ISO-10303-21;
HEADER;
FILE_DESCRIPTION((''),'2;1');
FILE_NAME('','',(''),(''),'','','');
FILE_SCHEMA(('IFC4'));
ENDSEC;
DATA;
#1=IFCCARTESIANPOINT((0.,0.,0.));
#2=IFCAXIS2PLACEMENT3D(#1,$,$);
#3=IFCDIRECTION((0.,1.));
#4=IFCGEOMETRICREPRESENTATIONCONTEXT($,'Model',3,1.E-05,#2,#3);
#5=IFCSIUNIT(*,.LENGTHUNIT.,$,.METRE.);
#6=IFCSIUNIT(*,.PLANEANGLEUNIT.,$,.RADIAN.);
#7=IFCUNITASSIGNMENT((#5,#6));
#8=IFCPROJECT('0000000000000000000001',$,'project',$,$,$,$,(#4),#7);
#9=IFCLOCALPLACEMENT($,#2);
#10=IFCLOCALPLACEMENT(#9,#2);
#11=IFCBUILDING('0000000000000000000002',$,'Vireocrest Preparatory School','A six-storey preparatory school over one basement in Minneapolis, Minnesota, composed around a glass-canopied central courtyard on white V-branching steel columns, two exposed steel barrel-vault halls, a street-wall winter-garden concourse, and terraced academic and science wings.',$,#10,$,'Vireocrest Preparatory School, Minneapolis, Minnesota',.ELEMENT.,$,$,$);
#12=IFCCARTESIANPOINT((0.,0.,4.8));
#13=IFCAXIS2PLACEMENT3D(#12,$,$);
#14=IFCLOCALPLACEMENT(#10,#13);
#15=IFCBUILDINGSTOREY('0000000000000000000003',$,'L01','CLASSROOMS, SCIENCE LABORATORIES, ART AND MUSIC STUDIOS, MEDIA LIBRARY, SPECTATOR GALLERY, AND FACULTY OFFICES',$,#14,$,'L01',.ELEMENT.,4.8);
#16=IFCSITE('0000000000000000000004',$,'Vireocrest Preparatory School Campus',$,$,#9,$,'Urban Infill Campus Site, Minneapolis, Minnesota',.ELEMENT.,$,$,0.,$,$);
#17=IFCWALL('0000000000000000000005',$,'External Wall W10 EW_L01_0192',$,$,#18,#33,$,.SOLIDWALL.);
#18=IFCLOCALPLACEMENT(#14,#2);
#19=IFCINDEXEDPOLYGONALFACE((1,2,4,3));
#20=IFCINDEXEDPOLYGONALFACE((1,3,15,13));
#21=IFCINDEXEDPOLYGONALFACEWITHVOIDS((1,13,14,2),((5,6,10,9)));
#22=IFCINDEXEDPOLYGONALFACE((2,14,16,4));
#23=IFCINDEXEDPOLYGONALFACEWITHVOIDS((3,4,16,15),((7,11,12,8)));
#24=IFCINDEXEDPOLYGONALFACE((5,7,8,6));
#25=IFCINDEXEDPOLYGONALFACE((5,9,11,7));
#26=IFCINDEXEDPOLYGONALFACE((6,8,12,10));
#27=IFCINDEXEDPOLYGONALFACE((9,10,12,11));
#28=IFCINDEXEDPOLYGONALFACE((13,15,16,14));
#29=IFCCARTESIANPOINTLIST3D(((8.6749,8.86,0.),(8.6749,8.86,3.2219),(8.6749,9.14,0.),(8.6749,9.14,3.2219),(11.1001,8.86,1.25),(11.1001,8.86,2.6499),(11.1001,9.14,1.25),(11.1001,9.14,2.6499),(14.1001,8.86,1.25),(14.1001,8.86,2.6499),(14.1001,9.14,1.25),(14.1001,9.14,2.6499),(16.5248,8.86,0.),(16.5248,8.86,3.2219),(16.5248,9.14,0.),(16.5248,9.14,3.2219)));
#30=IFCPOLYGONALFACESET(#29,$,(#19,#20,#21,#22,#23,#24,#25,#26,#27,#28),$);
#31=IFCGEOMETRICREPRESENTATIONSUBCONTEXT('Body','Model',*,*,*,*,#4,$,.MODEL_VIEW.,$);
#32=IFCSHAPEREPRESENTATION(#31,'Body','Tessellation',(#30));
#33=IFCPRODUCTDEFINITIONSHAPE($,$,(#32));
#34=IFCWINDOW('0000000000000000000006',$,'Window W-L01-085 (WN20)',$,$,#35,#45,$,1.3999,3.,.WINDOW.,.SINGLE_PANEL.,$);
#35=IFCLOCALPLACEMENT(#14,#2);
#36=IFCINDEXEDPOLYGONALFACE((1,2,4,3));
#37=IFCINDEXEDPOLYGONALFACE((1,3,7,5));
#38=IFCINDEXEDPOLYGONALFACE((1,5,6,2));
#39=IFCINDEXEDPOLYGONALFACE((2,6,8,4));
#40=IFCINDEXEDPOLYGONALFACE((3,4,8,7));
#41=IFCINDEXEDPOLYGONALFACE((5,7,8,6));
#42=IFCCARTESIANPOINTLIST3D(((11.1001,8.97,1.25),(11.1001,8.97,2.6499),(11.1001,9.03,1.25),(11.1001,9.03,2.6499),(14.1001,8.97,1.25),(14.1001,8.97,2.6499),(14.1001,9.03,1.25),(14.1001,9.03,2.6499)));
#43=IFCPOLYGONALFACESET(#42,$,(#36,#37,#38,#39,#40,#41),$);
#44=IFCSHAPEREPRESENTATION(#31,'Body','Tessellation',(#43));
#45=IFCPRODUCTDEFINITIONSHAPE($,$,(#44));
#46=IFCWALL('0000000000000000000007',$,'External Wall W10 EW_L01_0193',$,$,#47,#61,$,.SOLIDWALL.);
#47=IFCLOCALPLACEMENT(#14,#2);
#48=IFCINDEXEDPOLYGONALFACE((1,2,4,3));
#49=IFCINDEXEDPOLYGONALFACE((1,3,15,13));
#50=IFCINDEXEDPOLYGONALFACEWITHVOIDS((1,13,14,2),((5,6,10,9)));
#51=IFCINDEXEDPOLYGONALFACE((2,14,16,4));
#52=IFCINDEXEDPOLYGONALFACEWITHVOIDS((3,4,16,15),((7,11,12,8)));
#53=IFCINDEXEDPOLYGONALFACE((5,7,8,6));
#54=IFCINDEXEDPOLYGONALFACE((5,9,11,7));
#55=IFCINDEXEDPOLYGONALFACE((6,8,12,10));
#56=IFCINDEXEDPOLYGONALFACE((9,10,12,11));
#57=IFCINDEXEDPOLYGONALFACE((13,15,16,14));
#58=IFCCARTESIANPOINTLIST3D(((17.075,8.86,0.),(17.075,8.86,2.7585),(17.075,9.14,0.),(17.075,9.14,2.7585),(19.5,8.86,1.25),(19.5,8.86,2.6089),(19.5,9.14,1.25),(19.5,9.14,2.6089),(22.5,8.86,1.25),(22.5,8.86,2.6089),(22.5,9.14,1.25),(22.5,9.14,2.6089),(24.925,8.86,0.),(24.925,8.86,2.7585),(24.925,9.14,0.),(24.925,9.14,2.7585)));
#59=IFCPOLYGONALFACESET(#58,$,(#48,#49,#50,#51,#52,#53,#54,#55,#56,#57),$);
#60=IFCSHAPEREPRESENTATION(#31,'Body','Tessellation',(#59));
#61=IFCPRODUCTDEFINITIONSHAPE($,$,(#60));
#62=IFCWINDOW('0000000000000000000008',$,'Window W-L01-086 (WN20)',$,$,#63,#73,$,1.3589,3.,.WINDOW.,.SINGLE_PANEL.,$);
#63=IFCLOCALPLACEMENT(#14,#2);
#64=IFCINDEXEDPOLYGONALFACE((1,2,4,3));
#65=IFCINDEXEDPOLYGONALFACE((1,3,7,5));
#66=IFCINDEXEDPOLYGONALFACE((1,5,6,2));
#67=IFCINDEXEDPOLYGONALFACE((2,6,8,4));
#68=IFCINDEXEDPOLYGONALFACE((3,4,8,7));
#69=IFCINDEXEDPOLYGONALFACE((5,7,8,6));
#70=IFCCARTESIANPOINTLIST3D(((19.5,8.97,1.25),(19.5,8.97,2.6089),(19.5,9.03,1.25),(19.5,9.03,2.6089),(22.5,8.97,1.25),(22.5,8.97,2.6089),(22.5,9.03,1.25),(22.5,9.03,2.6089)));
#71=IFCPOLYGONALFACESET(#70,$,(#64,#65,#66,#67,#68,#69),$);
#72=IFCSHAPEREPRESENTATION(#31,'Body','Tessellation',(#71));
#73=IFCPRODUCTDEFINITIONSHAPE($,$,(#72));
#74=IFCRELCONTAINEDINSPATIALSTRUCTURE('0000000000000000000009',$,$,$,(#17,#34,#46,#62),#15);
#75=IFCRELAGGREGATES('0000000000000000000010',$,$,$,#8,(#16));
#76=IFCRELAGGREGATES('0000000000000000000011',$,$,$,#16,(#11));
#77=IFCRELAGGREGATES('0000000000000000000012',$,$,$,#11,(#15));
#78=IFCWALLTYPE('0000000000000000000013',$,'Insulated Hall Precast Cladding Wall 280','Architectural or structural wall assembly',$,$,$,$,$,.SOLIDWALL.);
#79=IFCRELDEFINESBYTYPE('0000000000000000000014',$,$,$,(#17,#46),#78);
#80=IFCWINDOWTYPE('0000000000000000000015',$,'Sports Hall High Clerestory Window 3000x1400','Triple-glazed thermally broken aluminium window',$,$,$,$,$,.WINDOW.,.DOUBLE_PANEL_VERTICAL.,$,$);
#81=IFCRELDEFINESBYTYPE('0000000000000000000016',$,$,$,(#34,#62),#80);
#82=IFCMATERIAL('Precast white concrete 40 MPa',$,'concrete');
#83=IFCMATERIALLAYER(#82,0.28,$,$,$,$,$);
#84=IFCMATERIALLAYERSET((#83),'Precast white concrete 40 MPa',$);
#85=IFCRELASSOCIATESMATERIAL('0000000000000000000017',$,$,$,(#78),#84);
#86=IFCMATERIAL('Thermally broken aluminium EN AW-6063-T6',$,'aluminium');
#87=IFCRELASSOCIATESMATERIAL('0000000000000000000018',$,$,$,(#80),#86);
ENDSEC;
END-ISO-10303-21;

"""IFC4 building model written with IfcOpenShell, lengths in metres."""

from ifc_helpers import new_model, si_unit, direction, frame, frame_2d, origin, place, context, subcontext, project, spatial, rectangle, extrude, material, layer, layer_set, type_object, element, fill, save


model = new_model("IFC4")

# Units and contexts
model_context = context("Model", 3, precision=1e-05, world=origin(), true_north=direction((0.0, 1.0)))
body_context = subcontext(model_context, "Body", "Model", "MODEL_VIEW")
ifc_project = project(units=[si_unit("LENGTHUNIT", "METRE"), si_unit("PLANEANGLEUNIT", "RADIAN")], contexts=[model_context])

# Site, building, storey
site_placement = place(None, origin())
site = spatial("IfcSite", under=ifc_project, at=site_placement, Name="Vireocrest Preparatory School Campus", LongName="Urban Infill Campus Site, Minneapolis, Minnesota", CompositionType="ELEMENT", RefElevation=0.0)
building_placement = place(site_placement, origin())
building = spatial("IfcBuilding", under=site, at=building_placement, Name="Vireocrest Preparatory School", Description="A six-storey preparatory school over one basement in Minneapolis, Minnesota, composed around a glass-canopied central courtyard on white V-branching steel columns, two exposed steel barrel-vault halls, a street-wall winter-garden concourse, and terraced academic and science wings.", LongName="Vireocrest Preparatory School, Minneapolis, Minnesota", CompositionType="ELEMENT")
storey_placement = place(building_placement, frame((0.0, 0.0, 4.8)))
storey = spatial("IfcBuildingStorey", under=building, at=storey_placement, Name="L01", Description="CLASSROOMS, SCIENCE LABORATORIES, ART AND MUSIC STUDIOS, MEDIA LIBRARY, SPECTATOR GALLERY, AND FACULTY OFFICES", LongName="L01", CompositionType="ELEMENT", Elevation=4.8)

# Walls, openings, windows
ifc_material_1 = material(Name="Precast white concrete 40 MPa", Category="concrete")
ifc_material_2 = material(Name="Thermally broken aluminium EN AW-6063-T6", Category="aluminium")
ifc_layer_1 = layer(ifc_material_1, 0.28)
ifc_layer_set_1 = layer_set([ifc_layer_1], Name="Precast white concrete 40 MPa")
wall_type_1 = type_object("IfcWallType", Name="Insulated Hall Precast Cladding Wall 280", Description="Architectural or structural wall assembly", PredefinedType="SOLIDWALL", material=ifc_layer_set_1)
window_type_1 = type_object("IfcWindowType", Name="Sports Hall High Clerestory Window 3000x1400", Description="Triple-glazed thermally broken aluminium window", PartitioningType="DOUBLE_PANEL_VERTICAL", PredefinedType="WINDOW", material=ifc_material_2)
wall_1_placement = place(storey_placement, frame((8.675, 9.0, 0.0), z_axis=(0.0, 0.0, 1.0), x_axis=(1.0, 0.0, 0.0)))
wall_1 = element("IfcWall", 1, at=wall_1_placement, inside=storey, type_object=wall_type_1, Name="External Wall W10 EW_L01_0192", PredefinedType="SOLIDWALL", context=body_context, shape_type="SweptSolid", body=[
    extrude(rectangle(XDim=7.8499, YDim=0.28, at=frame_2d((3.9248, 0.0))), origin(), (0.0, 0.0, 1.0), 3.2219),
])
opening_1_placement = place(wall_1_placement, frame((2.425, 0.0, 1.25)))
opening_1 = element("IfcOpeningElement", 2, at=opening_1_placement, cuts=wall_1, PredefinedType="OPENING", context=body_context, shape_type="SweptSolid", body=[
    extrude(rectangle(XDim=3.0, YDim=1.3999, at=frame_2d((1.5, 0.7))), frame((0.0, 0.1499, 0.0), z_axis=(0.0, -1.0, 0.0), x_axis=(1.0, 0.0, 0.0)), (0.0, 0.0, 1.0), 0.3),
])
window_1_placement = place(opening_1_placement, origin())
window_1 = element("IfcWindow", 3, at=window_1_placement, inside=storey, type_object=window_type_1, Name="Window W-L01-085 (WN20)", OverallHeight=1.3999, OverallWidth=3.0, PartitioningType="SINGLE_PANEL", PredefinedType="WINDOW", context=body_context, shape_type="SweptSolid", body=[
    extrude(rectangle(XDim=3.0, YDim=1.3999, at=frame_2d((1.5, 0.7))), frame((0.0, 0.03, 0.0), z_axis=(0.0, -1.0, 0.0), x_axis=(1.0, 0.0, 0.0)), (0.0, 0.0, 1.0), 0.0601),
])
fill(opening_1, window_1)
wall_2_placement = place(storey_placement, frame((17.075, 9.0, 0.0), z_axis=(0.0, 0.0, 1.0), x_axis=(1.0, 0.0, 0.0)))
wall_2 = element("IfcWall", 4, at=wall_2_placement, inside=storey, type_object=wall_type_1, Name="External Wall W10 EW_L01_0193", PredefinedType="SOLIDWALL", context=body_context, shape_type="SweptSolid", body=[
    extrude(rectangle(XDim=7.8501, YDim=0.28, at=frame_2d((3.925, 0.0))), origin(), (0.0, 0.0, 1.0), 2.7585),
])
opening_2_placement = place(wall_2_placement, frame((2.425, 0.0, 1.25)))
opening_2 = element("IfcOpeningElement", 5, at=opening_2_placement, cuts=wall_2, PredefinedType="OPENING", context=body_context, shape_type="SweptSolid", body=[
    extrude(rectangle(XDim=3.0, YDim=1.3589, at=frame_2d((1.5, 0.6794))), frame((0.0, 0.1499, 0.0), z_axis=(0.0, -1.0, 0.0), x_axis=(1.0, 0.0, 0.0)), (0.0, 0.0, 1.0), 0.3),
])
window_2_placement = place(opening_2_placement, origin())
window_2 = element("IfcWindow", 6, at=window_2_placement, inside=storey, type_object=window_type_1, Name="Window W-L01-086 (WN20)", OverallHeight=1.3589, OverallWidth=3.0, PartitioningType="SINGLE_PANEL", PredefinedType="WINDOW", context=body_context, shape_type="SweptSolid", body=[
    extrude(rectangle(XDim=3.0, YDim=1.3589, at=frame_2d((1.5, 0.6794))), frame((0.0, 0.03, 0.0), z_axis=(0.0, -1.0, 0.0), x_axis=(1.0, 0.0, 0.0)), (0.0, 0.0, 1.0), 0.0601),
])
fill(opening_2, window_2)

save(model, "model.ifc")
